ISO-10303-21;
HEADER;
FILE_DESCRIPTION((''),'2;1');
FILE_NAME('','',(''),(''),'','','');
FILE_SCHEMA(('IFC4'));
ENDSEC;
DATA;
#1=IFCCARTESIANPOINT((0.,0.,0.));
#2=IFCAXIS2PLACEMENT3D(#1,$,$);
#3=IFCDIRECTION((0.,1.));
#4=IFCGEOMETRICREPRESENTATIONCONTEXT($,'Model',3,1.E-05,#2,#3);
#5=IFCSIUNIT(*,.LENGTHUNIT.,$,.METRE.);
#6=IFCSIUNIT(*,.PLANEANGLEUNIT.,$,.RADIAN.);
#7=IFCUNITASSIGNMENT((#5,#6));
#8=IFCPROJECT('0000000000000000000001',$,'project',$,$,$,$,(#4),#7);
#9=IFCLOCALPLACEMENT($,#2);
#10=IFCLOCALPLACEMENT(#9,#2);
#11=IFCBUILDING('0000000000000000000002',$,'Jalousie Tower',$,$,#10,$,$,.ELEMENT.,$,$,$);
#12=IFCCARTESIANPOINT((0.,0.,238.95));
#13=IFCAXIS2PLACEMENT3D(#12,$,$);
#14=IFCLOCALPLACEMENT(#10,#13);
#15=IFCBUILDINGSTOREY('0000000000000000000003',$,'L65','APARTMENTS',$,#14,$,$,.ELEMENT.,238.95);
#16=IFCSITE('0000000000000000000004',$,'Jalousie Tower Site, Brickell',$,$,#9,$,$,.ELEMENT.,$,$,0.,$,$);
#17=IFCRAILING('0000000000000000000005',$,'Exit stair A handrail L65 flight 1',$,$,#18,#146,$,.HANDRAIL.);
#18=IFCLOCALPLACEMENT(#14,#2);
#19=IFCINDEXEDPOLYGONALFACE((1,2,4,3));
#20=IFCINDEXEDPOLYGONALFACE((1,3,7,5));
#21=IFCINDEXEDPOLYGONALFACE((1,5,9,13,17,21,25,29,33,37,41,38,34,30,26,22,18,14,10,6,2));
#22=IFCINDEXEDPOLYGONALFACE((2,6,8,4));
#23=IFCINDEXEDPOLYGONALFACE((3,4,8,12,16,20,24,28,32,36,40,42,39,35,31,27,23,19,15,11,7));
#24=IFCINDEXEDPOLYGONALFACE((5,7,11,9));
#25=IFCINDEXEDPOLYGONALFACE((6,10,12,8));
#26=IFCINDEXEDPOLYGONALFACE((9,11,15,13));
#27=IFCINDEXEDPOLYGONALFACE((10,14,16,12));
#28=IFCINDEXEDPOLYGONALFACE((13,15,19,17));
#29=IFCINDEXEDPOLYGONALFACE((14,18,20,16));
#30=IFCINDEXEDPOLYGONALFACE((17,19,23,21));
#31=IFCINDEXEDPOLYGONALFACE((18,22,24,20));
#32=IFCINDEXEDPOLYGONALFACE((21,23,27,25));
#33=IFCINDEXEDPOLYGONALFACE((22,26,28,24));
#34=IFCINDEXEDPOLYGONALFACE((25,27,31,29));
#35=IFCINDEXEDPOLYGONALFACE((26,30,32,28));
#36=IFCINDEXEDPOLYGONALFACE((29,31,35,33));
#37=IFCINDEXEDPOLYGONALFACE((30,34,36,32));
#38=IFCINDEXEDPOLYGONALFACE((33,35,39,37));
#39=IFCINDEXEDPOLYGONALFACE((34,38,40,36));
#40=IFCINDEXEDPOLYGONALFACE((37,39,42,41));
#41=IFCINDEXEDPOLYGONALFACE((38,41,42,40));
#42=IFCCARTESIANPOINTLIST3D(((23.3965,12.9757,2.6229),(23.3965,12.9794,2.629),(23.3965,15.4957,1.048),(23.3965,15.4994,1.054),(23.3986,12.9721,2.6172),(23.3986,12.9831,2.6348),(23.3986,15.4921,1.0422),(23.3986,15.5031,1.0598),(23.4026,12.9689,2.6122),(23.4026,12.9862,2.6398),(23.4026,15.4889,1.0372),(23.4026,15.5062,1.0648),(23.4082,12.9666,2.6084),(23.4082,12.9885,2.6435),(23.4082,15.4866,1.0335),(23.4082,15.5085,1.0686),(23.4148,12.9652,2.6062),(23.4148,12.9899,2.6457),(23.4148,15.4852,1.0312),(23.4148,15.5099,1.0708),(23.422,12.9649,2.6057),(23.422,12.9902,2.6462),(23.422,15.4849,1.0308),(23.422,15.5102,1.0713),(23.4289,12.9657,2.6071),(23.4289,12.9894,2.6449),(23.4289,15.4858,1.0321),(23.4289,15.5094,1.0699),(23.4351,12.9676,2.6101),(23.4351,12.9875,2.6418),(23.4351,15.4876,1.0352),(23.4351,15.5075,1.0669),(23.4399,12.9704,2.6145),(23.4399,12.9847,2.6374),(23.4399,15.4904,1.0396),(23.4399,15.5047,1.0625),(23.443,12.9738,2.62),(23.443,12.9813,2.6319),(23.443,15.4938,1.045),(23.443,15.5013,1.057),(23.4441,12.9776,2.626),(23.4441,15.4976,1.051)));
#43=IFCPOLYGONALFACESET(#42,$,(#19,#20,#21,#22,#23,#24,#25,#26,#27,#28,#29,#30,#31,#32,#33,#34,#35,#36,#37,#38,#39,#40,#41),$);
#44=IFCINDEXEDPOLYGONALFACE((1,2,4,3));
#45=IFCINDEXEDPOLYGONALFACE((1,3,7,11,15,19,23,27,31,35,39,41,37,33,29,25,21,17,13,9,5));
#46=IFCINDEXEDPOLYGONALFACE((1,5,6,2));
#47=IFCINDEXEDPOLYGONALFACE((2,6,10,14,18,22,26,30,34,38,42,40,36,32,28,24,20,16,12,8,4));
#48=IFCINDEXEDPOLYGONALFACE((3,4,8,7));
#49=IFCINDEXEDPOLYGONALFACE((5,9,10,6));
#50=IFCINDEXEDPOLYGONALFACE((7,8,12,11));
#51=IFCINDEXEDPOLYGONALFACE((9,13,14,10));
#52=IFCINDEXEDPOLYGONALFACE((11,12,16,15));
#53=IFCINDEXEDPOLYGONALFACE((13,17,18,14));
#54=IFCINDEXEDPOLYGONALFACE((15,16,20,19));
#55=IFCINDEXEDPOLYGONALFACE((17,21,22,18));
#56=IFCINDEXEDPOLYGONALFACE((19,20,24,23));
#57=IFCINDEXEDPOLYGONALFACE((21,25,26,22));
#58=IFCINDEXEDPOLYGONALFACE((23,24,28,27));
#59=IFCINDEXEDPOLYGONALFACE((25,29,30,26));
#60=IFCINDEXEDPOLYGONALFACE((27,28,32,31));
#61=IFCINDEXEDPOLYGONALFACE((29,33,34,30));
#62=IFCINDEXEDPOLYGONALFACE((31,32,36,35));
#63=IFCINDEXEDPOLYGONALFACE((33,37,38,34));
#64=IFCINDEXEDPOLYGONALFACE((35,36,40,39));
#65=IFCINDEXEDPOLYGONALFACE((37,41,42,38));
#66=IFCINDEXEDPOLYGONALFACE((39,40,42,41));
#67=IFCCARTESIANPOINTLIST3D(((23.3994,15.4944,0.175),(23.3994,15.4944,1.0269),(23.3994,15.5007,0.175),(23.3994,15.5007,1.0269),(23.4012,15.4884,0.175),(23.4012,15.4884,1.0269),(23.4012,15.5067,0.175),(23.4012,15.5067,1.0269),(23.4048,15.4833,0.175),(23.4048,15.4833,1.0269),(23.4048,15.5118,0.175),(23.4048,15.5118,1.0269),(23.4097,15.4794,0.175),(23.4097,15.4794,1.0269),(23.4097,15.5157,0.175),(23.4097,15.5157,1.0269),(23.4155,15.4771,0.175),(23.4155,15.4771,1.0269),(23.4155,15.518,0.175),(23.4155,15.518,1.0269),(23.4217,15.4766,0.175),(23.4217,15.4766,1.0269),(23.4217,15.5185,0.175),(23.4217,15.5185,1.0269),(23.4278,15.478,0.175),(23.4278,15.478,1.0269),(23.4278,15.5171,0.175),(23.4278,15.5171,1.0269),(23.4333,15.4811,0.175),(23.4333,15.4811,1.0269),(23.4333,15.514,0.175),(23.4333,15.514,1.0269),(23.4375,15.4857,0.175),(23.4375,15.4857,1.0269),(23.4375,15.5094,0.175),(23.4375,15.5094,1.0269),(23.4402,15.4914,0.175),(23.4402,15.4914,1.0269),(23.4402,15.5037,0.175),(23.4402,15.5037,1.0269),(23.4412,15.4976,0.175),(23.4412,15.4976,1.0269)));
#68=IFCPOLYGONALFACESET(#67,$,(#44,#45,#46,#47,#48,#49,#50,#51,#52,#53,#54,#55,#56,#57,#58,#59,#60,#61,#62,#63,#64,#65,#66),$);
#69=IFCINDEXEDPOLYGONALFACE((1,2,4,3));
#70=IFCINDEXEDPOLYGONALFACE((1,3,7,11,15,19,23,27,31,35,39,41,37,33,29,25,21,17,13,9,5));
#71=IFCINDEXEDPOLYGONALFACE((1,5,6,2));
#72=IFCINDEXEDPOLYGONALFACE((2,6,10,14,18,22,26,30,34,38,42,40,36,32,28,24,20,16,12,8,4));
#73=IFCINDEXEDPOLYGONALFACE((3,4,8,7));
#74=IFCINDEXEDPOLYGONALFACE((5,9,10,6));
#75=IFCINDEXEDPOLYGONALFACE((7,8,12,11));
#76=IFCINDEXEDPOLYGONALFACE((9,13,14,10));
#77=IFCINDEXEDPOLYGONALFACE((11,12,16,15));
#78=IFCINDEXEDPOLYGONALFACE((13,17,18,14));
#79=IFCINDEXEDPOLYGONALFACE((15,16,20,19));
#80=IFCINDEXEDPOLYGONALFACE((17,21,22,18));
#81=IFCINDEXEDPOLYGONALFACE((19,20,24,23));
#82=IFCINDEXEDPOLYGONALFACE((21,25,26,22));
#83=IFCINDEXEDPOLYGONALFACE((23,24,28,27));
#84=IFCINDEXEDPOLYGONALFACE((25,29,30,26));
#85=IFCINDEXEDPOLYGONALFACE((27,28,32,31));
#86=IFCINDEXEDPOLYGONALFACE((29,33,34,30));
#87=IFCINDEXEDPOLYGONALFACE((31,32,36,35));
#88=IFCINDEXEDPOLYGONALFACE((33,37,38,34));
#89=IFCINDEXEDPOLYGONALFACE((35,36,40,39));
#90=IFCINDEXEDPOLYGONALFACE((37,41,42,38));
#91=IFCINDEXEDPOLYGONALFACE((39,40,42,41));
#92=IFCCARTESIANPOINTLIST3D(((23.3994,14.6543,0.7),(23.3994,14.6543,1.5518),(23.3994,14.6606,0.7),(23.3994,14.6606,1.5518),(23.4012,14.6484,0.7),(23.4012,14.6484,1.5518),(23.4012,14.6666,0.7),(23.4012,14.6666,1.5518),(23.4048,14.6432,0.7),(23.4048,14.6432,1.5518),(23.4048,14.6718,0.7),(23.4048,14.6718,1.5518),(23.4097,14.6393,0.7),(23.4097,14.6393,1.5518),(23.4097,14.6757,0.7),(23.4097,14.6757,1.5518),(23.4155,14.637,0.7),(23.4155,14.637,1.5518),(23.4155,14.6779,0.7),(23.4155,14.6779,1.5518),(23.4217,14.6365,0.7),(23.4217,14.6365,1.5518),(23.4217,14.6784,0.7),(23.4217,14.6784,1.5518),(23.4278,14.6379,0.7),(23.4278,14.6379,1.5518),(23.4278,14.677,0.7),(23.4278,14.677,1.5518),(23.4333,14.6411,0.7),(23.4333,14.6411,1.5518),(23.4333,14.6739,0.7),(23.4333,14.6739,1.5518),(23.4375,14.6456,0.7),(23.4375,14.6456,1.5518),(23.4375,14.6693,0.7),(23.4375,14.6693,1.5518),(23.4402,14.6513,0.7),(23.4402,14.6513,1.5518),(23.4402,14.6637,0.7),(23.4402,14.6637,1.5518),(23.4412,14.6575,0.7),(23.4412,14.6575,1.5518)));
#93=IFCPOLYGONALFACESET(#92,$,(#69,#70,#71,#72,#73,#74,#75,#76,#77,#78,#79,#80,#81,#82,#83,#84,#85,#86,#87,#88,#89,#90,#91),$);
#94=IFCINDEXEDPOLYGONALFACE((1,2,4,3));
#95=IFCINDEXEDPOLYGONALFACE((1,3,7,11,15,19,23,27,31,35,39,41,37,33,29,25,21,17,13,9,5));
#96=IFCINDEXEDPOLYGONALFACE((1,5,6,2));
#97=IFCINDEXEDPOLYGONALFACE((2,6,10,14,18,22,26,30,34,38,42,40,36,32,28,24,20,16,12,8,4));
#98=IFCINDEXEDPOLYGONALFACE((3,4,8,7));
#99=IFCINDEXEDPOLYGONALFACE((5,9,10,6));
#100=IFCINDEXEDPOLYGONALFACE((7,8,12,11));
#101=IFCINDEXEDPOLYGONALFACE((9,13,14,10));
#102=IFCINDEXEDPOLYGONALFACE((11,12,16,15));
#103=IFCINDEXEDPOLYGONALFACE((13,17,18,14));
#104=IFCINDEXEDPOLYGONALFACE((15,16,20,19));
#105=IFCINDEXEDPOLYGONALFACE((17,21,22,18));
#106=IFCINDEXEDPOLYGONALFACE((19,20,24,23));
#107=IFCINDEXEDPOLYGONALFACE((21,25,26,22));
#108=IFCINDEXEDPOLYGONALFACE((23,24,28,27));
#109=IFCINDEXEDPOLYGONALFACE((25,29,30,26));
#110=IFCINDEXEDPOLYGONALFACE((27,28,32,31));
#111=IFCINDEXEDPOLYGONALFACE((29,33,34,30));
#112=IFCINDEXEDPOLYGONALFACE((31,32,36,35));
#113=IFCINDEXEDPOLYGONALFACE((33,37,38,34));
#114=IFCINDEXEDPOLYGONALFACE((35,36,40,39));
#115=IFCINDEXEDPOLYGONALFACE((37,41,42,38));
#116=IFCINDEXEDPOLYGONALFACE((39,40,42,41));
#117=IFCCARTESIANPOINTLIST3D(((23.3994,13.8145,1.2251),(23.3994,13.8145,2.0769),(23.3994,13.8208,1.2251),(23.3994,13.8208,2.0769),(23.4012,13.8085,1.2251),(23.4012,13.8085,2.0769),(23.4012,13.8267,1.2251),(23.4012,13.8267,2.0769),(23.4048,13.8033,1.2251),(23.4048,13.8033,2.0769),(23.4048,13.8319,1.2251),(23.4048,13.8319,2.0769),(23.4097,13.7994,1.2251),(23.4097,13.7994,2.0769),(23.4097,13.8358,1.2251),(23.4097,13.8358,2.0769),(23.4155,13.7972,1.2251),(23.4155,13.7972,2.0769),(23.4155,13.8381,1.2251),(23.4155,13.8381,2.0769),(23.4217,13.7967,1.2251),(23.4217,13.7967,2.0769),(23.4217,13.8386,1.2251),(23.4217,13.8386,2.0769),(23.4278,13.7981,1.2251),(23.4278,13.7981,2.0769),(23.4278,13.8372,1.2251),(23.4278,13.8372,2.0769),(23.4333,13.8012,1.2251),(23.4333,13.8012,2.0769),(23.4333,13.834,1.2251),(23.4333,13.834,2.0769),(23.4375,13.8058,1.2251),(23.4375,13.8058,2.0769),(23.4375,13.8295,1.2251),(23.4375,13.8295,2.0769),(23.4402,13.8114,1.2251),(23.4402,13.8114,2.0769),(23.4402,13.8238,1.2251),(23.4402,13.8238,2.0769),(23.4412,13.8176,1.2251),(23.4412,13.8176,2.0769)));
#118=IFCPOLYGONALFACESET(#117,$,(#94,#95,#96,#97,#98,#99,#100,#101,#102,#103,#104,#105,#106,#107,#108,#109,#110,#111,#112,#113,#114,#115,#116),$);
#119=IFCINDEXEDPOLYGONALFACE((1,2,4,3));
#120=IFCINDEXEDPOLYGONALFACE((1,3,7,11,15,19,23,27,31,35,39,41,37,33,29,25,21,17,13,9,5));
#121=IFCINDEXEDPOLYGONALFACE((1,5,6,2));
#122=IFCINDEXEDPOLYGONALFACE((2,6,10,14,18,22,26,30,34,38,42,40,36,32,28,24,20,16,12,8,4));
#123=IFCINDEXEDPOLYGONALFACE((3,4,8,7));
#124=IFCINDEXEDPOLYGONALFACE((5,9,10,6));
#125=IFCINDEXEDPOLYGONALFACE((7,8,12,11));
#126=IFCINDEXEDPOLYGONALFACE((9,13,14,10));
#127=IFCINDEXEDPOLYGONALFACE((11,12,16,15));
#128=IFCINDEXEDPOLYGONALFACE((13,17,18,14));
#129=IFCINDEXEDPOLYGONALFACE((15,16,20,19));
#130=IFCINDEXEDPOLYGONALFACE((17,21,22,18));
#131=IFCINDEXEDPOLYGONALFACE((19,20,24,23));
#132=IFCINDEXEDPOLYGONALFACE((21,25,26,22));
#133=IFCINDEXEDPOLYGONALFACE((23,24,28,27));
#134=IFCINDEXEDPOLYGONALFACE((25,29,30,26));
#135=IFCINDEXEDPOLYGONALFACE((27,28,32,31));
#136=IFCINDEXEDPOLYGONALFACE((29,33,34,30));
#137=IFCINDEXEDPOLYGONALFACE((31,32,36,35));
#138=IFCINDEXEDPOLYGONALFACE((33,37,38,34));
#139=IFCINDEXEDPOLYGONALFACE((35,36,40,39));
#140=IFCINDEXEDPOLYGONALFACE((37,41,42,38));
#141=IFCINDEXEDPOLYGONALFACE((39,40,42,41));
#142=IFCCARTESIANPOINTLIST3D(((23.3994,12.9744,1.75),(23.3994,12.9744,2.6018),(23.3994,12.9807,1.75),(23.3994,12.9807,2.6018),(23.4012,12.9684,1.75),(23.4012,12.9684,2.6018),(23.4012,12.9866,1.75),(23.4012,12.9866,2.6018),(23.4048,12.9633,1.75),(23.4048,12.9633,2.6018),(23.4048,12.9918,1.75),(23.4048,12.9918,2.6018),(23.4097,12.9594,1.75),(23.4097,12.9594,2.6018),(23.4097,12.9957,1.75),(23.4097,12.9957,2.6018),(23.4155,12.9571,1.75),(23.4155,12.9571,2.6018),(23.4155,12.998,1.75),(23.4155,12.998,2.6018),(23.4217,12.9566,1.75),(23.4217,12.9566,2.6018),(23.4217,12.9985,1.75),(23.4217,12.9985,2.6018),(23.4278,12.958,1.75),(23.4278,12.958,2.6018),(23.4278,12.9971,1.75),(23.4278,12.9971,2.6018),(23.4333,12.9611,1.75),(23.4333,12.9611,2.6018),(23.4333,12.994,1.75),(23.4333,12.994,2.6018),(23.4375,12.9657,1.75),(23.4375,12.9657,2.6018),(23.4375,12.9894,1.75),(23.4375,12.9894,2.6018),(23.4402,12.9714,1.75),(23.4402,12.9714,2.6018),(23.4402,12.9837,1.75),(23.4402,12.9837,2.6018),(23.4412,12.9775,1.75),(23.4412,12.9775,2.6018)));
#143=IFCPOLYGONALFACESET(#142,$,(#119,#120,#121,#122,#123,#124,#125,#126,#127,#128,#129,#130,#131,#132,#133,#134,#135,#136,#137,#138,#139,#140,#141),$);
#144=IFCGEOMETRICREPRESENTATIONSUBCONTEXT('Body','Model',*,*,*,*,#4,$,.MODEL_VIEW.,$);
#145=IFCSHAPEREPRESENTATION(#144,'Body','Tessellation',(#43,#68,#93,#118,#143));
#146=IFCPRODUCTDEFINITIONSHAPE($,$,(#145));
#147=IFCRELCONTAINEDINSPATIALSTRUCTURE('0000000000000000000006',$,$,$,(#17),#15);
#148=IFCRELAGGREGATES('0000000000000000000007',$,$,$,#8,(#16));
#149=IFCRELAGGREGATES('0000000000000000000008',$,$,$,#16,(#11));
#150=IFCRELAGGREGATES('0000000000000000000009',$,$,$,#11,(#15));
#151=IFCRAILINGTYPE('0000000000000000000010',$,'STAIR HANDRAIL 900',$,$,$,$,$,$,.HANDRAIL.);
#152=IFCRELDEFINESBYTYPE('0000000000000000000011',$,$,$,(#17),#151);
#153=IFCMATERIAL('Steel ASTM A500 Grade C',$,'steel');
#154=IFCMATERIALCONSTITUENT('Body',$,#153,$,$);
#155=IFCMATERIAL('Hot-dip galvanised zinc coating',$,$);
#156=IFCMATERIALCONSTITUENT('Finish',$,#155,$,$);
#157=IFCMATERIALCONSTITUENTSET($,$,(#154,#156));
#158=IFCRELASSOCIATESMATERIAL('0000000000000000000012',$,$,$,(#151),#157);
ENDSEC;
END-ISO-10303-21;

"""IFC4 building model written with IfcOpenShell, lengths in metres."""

from ifc_helpers import new_model, si_unit, direction, frame, origin, origin_2d, place, context, subcontext, project, spatial, circle, extrude, material, constituent, constituent_set, type_object, element, save


model = new_model("IFC4")

# Units and contexts
model_context = context("Model", 3, precision=1e-05, world=origin(), true_north=direction((0.0, 1.0)))
body_context = subcontext(model_context, "Body", "Model", "MODEL_VIEW")
ifc_project = project(units=[si_unit("LENGTHUNIT", "METRE"), si_unit("PLANEANGLEUNIT", "RADIAN")], contexts=[model_context])

# Site, building, storey
site_placement = place(None, origin())
site = spatial("IfcSite", under=ifc_project, at=site_placement, Name="Jalousie Tower Site, Brickell", CompositionType="ELEMENT", RefElevation=0.0)
building_placement = place(site_placement, origin())
building = spatial("IfcBuilding", under=site, at=building_placement, Name="Jalousie Tower", CompositionType="ELEMENT")
storey_placement = place(building_placement, frame((0.0, 0.0, 238.95)))
storey = spatial("IfcBuildingStorey", under=building, at=storey_placement, Name="L65", Description="APARTMENTS", CompositionType="ELEMENT", Elevation=238.95)

# Railing
ifc_material_1 = material(Name="Steel ASTM A500 Grade C", Category="steel")
ifc_constituent_1 = constituent(ifc_material_1, Name="Body")
ifc_material_2 = material(Name="Hot-dip galvanised zinc coating")
ifc_constituent_2 = constituent(ifc_material_2, Name="Finish")
ifc_constituent_set_1 = constituent_set(constituents=[ifc_constituent_1, ifc_constituent_2])
railing_type_1 = type_object("IfcRailingType", Name="STAIR HANDRAIL 900", PredefinedType="HANDRAIL", material=ifc_constituent_set_1)
railing_1_placement = place(storey_placement, frame((23.4202, 15.4976, 0.175)))
element("IfcRailing", 1, at=railing_1_placement, inside=storey, type_object=railing_type_1, Name="Exit stair A handrail L65 flight 1", PredefinedType="HANDRAIL", context=body_context, shape_type="SweptSolid", body=[
    extrude(circle(Radius=0.0239, at=origin_2d()), frame((0.0, 0.0, 0.876), z_axis=(0.0, -0.848008, 0.529984), x_axis=(1.0, 0.0, 0.0)), (0.0, 0.0, 1.0), 2.9717),
    extrude(circle(Radius=0.021, at=origin_2d()), origin(), (0.0, 0.0, 1.0), 0.8518),
    extrude(circle(Radius=0.021, at=origin_2d()), frame((0.0, -0.8401, 0.5249)), (0.0, 0.0, 1.0), 0.8518),
    extrude(circle(Radius=0.021, at=origin_2d()), frame((0.0, -1.6799, 1.05)), (0.0, 0.0, 1.0), 0.8518),
    extrude(circle(Radius=0.021, at=origin_2d()), frame((0.0, -2.52, 1.575)), (0.0, 0.0, 1.0), 0.8518),
])

save(model, "model.ifc")
